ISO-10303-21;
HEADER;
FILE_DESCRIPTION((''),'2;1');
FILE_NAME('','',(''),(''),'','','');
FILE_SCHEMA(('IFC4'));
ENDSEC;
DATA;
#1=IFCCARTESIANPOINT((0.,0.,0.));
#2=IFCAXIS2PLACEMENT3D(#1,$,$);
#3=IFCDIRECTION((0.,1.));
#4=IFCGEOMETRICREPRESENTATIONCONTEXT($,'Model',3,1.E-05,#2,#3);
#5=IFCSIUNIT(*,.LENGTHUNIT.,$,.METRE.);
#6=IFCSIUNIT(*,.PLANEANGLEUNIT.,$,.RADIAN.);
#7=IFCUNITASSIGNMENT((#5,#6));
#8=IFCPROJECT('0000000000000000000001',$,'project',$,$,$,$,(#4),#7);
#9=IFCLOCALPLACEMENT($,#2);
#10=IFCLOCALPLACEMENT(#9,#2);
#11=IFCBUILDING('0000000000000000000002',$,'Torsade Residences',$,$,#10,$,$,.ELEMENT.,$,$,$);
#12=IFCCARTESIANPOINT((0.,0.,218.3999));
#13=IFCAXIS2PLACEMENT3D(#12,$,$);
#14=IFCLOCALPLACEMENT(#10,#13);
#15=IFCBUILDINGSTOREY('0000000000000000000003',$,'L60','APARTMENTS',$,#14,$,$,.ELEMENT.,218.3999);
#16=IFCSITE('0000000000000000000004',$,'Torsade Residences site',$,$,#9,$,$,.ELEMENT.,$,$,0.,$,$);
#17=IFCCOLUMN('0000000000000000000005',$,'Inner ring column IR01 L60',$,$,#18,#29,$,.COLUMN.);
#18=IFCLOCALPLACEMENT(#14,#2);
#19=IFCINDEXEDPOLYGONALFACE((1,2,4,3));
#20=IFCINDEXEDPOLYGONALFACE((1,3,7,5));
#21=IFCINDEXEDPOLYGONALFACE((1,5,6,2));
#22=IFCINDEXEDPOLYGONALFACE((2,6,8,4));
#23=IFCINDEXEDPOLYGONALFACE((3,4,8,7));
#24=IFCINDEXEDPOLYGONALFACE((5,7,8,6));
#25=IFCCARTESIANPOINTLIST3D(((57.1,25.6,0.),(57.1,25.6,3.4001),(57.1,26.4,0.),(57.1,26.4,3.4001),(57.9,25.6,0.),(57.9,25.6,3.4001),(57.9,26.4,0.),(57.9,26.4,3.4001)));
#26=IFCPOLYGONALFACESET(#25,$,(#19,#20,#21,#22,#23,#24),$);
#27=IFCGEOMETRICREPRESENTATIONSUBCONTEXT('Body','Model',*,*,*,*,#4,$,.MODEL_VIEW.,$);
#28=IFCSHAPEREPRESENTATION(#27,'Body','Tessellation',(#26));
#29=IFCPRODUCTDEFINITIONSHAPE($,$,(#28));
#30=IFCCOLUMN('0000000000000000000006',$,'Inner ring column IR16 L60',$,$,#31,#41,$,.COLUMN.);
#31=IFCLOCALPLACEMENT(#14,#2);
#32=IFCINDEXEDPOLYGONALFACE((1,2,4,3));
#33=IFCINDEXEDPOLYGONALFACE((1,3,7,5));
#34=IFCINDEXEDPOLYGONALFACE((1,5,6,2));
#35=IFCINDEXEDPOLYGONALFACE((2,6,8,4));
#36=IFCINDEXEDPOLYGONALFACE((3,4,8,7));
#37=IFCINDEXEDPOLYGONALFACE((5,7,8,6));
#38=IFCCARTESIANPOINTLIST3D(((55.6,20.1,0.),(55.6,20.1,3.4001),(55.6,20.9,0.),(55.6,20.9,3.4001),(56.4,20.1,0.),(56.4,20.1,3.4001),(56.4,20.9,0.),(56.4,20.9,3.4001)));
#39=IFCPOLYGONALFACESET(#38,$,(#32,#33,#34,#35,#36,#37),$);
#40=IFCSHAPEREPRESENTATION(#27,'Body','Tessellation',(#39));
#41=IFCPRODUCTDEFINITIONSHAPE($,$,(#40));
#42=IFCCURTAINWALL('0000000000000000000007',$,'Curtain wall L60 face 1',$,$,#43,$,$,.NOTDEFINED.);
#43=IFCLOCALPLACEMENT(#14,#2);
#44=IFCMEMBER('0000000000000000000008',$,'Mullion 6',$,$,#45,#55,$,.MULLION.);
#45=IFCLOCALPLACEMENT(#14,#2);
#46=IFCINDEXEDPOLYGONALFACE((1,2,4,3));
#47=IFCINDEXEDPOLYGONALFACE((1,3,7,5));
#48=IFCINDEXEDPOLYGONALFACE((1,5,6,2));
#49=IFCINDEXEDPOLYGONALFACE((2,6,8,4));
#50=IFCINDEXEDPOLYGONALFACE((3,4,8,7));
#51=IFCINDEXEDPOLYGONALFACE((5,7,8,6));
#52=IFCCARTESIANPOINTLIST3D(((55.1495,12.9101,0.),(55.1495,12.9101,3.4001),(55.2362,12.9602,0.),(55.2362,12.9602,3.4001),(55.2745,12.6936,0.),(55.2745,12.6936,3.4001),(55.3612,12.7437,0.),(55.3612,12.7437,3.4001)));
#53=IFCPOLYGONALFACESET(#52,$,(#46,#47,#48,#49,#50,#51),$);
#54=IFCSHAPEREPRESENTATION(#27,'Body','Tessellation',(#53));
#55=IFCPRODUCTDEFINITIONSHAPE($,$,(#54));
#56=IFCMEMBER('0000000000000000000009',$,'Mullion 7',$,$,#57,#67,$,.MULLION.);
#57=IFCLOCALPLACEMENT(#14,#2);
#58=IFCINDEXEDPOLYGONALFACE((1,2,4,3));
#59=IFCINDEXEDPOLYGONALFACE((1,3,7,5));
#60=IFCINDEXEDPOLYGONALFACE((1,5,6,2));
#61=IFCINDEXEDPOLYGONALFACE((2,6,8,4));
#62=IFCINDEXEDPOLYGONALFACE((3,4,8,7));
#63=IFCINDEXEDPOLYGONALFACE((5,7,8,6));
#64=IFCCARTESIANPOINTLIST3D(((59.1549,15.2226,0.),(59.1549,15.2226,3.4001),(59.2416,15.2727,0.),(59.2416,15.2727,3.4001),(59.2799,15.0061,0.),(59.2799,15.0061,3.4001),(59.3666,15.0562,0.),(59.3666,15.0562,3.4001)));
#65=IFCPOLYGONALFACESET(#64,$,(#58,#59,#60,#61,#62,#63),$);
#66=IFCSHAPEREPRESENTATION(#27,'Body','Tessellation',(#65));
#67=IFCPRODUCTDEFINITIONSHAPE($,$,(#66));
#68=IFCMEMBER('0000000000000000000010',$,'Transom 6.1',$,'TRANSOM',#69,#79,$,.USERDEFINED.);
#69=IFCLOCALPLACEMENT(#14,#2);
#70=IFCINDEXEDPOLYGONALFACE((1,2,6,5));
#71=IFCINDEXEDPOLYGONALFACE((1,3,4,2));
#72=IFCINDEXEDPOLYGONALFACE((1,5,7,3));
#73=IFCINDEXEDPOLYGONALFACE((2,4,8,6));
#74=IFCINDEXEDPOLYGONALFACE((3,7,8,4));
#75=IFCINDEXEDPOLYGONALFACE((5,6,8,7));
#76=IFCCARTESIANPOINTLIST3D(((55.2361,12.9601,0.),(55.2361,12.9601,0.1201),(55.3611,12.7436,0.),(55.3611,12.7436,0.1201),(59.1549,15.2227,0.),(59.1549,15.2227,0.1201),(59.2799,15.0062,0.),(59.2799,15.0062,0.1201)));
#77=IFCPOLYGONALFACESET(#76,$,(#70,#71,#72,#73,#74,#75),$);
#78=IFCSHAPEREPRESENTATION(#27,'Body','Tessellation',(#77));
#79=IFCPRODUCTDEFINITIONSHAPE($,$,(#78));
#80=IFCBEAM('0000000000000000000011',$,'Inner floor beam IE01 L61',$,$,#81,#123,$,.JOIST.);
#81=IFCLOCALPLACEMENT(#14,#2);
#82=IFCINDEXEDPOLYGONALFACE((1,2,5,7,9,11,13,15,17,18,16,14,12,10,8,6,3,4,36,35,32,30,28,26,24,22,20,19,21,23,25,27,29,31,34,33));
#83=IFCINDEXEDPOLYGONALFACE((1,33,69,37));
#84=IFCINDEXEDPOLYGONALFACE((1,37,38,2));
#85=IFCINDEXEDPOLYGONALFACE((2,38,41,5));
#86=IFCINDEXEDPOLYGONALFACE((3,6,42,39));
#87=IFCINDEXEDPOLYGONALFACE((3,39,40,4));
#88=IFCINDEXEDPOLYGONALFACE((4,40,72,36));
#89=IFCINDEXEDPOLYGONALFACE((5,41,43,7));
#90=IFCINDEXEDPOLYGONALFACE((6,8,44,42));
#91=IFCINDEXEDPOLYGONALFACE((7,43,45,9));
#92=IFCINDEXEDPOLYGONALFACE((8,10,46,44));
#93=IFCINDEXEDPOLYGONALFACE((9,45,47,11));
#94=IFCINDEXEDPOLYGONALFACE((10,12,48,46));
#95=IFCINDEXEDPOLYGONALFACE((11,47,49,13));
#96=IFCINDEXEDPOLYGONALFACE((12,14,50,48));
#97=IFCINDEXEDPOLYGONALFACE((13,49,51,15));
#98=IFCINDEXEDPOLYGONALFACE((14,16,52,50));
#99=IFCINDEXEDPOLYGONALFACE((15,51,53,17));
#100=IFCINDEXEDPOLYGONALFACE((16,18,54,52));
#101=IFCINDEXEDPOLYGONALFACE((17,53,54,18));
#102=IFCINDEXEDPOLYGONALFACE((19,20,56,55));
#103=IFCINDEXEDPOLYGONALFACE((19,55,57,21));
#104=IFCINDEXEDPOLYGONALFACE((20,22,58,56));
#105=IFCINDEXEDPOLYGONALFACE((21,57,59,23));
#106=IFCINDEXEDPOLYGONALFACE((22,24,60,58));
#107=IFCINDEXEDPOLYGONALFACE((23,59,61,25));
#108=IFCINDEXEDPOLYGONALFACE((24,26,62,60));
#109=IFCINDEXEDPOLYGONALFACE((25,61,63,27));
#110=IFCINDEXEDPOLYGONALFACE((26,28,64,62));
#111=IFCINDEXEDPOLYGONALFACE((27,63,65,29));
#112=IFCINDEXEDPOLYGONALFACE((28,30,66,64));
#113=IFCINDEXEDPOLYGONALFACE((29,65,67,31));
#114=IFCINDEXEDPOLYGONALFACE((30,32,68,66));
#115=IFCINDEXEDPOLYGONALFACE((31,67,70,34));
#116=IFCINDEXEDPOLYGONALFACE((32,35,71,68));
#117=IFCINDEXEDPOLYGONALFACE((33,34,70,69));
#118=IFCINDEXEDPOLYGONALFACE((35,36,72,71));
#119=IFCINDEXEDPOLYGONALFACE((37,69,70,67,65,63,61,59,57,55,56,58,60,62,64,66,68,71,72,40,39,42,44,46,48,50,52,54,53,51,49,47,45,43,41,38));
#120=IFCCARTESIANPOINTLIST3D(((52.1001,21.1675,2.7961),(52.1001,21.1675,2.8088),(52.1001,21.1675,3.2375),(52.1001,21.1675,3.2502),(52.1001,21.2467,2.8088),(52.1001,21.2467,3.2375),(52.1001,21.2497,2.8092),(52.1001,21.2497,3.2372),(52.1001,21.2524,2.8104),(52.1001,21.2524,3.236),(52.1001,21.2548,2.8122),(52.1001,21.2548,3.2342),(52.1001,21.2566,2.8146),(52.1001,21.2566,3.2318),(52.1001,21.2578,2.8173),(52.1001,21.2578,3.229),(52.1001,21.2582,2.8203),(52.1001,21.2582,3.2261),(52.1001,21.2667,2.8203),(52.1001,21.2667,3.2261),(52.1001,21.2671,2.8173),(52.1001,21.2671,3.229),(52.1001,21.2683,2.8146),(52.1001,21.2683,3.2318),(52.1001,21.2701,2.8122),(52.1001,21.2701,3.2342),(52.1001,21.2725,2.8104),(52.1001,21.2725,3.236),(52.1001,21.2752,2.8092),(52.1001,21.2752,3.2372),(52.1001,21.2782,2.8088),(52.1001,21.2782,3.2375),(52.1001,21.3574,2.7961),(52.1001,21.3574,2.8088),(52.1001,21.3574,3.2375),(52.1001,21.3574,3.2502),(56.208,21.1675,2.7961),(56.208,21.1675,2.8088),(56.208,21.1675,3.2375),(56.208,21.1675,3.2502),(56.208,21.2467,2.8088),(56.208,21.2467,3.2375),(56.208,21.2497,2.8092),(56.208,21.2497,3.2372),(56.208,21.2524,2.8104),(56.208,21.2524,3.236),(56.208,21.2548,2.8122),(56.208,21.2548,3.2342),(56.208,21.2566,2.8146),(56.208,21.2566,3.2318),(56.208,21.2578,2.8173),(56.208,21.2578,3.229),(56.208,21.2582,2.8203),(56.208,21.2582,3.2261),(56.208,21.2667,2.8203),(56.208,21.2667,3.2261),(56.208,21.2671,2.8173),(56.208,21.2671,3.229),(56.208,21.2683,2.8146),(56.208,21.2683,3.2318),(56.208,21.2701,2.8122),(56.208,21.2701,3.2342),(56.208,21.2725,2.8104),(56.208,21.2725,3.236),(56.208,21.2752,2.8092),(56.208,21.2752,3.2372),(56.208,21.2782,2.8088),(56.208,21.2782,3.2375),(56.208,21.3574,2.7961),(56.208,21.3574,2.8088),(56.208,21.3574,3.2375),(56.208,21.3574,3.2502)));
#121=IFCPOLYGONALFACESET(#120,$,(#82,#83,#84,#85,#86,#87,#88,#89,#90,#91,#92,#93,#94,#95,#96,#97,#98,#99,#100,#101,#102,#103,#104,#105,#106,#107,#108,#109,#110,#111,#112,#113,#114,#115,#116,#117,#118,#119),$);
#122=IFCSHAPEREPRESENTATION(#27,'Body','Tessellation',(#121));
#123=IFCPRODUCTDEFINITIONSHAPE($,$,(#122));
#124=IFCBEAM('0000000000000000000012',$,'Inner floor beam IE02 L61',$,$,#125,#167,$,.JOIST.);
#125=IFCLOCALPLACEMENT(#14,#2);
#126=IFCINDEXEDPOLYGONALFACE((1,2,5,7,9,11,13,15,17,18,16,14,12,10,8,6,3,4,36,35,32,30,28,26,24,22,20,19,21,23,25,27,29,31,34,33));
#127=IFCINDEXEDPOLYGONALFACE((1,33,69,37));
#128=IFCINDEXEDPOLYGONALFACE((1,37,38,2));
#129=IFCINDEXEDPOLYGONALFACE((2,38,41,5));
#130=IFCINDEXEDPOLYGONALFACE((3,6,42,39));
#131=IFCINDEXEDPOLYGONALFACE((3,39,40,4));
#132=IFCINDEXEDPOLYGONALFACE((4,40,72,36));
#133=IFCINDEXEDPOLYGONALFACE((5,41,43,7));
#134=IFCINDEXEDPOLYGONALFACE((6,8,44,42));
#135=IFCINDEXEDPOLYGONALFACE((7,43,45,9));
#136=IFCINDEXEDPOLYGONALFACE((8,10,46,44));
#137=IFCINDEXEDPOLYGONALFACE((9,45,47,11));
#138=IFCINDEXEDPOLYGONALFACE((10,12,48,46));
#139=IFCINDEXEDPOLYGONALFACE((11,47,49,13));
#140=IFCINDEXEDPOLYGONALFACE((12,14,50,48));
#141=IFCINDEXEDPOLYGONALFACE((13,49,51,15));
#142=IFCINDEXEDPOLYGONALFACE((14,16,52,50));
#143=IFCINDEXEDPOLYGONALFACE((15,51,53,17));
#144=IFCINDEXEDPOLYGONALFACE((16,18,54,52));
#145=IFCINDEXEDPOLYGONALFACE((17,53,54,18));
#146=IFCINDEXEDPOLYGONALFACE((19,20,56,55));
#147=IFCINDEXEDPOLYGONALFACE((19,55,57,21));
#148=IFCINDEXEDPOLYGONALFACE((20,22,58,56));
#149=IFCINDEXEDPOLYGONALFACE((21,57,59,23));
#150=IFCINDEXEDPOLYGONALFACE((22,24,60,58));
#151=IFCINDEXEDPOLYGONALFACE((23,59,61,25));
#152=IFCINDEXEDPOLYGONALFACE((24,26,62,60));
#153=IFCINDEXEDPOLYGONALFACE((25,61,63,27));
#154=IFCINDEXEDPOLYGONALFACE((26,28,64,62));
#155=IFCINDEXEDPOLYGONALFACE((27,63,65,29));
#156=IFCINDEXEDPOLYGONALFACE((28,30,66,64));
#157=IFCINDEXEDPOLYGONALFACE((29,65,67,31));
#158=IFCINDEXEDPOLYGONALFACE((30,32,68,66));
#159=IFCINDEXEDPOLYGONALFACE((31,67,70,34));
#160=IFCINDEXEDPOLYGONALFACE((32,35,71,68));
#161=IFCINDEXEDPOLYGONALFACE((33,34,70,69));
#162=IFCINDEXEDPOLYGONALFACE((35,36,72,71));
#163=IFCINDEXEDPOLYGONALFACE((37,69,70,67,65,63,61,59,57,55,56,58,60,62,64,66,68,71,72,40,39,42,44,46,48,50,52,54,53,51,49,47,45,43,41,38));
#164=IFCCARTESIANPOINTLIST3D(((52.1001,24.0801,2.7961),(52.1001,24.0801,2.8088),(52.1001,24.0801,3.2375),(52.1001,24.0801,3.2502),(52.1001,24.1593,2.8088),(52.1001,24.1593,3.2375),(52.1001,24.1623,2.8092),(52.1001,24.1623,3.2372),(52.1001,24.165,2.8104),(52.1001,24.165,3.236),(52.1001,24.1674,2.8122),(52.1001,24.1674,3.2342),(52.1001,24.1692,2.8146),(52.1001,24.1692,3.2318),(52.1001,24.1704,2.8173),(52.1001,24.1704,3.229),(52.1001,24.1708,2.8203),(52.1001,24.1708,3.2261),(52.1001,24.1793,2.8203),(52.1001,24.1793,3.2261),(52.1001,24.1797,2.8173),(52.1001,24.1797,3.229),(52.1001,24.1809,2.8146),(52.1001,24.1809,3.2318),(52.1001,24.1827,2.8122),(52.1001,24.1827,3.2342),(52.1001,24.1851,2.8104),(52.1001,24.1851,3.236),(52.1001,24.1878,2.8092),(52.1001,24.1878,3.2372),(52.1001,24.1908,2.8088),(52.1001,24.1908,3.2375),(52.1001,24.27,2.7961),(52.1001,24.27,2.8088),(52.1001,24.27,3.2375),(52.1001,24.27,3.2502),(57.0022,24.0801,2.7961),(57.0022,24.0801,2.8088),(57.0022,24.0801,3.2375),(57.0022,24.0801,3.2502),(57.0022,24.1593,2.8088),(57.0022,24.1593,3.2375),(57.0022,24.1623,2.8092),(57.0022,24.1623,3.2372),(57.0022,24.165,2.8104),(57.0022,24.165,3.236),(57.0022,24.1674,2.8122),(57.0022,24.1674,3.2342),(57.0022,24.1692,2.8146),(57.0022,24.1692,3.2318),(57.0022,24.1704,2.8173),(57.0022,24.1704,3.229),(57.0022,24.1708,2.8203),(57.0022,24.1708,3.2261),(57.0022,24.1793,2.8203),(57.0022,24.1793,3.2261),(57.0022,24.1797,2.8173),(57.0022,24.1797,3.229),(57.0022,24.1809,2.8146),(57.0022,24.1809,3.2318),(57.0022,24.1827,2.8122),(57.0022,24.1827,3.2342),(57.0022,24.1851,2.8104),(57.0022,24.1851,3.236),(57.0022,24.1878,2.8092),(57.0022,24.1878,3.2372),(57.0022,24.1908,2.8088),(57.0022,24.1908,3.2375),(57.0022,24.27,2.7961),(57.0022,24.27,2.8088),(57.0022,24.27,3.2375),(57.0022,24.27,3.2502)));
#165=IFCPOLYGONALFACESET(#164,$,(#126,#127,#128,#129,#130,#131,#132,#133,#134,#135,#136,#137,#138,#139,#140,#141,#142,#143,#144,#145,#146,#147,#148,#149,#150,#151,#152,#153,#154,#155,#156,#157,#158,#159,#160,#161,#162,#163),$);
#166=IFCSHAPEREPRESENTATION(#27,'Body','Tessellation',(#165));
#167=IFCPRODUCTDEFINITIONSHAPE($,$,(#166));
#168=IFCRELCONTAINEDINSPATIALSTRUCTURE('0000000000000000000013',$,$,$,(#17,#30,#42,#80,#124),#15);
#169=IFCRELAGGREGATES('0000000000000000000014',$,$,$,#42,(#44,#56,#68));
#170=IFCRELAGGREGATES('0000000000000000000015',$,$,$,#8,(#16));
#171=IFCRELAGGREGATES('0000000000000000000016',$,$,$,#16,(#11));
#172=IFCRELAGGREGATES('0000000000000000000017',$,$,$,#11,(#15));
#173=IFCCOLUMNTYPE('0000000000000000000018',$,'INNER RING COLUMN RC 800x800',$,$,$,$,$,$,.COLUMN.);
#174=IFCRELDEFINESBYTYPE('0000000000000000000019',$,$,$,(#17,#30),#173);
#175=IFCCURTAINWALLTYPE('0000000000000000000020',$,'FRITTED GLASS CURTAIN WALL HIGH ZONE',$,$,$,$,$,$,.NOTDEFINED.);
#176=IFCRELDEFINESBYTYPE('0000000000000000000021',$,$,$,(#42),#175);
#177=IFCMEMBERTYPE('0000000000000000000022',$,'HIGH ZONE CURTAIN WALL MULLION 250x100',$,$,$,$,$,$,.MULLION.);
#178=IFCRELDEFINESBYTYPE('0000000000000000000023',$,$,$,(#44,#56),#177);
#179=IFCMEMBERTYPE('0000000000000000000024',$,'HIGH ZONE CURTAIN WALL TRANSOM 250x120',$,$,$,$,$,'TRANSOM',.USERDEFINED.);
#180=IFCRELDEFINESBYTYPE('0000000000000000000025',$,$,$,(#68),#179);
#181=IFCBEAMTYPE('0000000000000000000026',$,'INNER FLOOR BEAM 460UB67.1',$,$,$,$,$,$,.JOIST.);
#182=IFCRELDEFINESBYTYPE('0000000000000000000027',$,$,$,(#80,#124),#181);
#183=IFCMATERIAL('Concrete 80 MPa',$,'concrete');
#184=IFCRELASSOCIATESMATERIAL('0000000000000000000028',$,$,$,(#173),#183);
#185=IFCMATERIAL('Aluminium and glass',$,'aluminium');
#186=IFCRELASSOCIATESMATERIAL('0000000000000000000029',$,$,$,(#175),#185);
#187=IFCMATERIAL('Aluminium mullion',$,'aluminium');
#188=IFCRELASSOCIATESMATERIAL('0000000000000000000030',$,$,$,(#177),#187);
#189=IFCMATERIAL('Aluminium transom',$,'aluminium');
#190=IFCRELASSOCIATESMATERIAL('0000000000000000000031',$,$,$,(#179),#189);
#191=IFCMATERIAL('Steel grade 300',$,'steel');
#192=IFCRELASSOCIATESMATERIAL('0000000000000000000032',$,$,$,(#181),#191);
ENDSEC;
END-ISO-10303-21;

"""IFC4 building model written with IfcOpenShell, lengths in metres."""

from ifc_helpers import new_model, si_unit, direction, frame, origin, origin_2d, place, context, subcontext, project, spatial, rectangle, i_section, extrude, material, material_profile, profile_set, type_object, element, aggregate, save


model = new_model("IFC4")

# Units and contexts
model_context = context("Model", 3, precision=1e-05, world=origin(), true_north=direction((0.0, 1.0)))
body_context = subcontext(model_context, "Body", "Model", "MODEL_VIEW")
ifc_project = project(units=[si_unit("LENGTHUNIT", "METRE"), si_unit("PLANEANGLEUNIT", "RADIAN")], contexts=[model_context])

# Site, building, storey
site_placement = place(None, origin())
site = spatial("IfcSite", under=ifc_project, at=site_placement, Name="Torsade Residences site", CompositionType="ELEMENT", RefElevation=0.0)
building_placement = place(site_placement, origin())
building = spatial("IfcBuilding", under=site, at=building_placement, Name="Torsade Residences", CompositionType="ELEMENT")
storey_placement = place(building_placement, frame((0.0, 0.0, 218.3999)))
storey = spatial("IfcBuildingStorey", under=building, at=storey_placement, Name="L60", Description="APARTMENTS", CompositionType="ELEMENT", Elevation=218.3999)

# Columns
ifc_material_1 = material(Name="Concrete 80 MPa", Category="concrete")
ifc_material_profile_1 = material_profile(ifc_material_1, rectangle(XDim=0.8, YDim=0.8, at=origin_2d()), Name="RC 800x800")
ifc_profile_set_1 = profile_set([ifc_material_profile_1], Name="Concrete 80 MPa")
column_type = type_object("IfcColumnType", Name="INNER RING COLUMN RC 800x800", PredefinedType="COLUMN", material=ifc_profile_set_1)
for number, where, z_axis, x_axis, name in (
    (1, (57.5, 26.0, 0.0), (0.0, 0.0, 1.0), (1.0, 0.0, 0.0), "Inner ring column IR01 L60"),
    (2, (56.0, 20.5, 0.0), (0.0, 0.0, 1.0), (1.0, 0.0, 0.0), "Inner ring column IR16 L60"),
):
    element("IfcColumn", number, at=place(storey_placement, frame(where, z_axis=z_axis, x_axis=x_axis)), inside=storey, type_object=column_type, Name=name, PredefinedType="COLUMN", context=body_context, shape_type="SweptSolid", body=[
        extrude(rectangle(XDim=0.8, YDim=0.8, at=origin_2d()), origin(), (0.0, 0.0, 1.0), 3.4001),
    ])

# Curtain wall, members
ifc_material_2 = material(Name="Aluminium and glass", Category="aluminium")
curtain_wall_type = type_object("IfcCurtainWallType", Name="FRITTED GLASS CURTAIN WALL HIGH ZONE", PredefinedType="NOTDEFINED", material=ifc_material_2)
curtain_wall_placement = place(storey_placement, origin())
curtain_wall = element("IfcCurtainWall", 3, at=curtain_wall_placement, inside=storey, type_object=curtain_wall_type, Name="Curtain wall L60 face 1", PredefinedType="NOTDEFINED")
ifc_material_3 = material(Name="Aluminium mullion", Category="aluminium")
ifc_material_profile_2 = material_profile(ifc_material_3, rectangle(XDim=0.25, YDim=0.1001, at=origin_2d()), Name="HIGH ZONE CURTAIN WALL MULLION 250x100")
ifc_profile_set_2 = profile_set([ifc_material_profile_2], Name="Aluminium mullion")
member_type_1 = type_object("IfcMemberType", Name="HIGH ZONE CURTAIN WALL MULLION 250x100", PredefinedType="MULLION", material=ifc_profile_set_2)
member_1_placement = place(storey_placement, frame((55.2554, 12.8269, 0.0), z_axis=(0.0, 0.0, 1.0), x_axis=(-0.5, 0.866025, 0.0)))
member_1 = element("IfcMember", 4, at=member_1_placement, type_object=member_type_1, Name="Mullion 6", PredefinedType="MULLION", context=body_context, shape_type="SweptSolid", body=[
    extrude(rectangle(XDim=0.25, YDim=0.1001, at=origin_2d()), origin(), (0.0, 0.0, 1.0), 3.4001),
])
member_2_placement = place(storey_placement, frame((59.2607, 15.1394, 0.0), z_axis=(0.0, 0.0, 1.0), x_axis=(-0.5, 0.866025, 0.0)))
member_2 = element("IfcMember", 5, at=member_2_placement, type_object=member_type_1, Name="Mullion 7", PredefinedType="MULLION", context=body_context, shape_type="SweptSolid", body=[
    extrude(rectangle(XDim=0.25, YDim=0.1001, at=origin_2d()), origin(), (0.0, 0.0, 1.0), 3.4001),
])
ifc_material_4 = material(Name="Aluminium transom", Category="aluminium")
ifc_material_profile_3 = material_profile(ifc_material_4, rectangle(XDim=0.25, YDim=0.1201, at=origin_2d()), Name="HIGH ZONE CURTAIN WALL TRANSOM 250x120")
ifc_profile_set_3 = profile_set([ifc_material_profile_3], Name="Aluminium transom")
member_type_2 = type_object("IfcMemberType", Name="HIGH ZONE CURTAIN WALL TRANSOM 250x120", ElementType="TRANSOM", PredefinedType="USERDEFINED", material=ifc_profile_set_3)
member_3_placement = place(storey_placement, frame((55.2986, 12.8518, 0.0601), z_axis=(0.866017, 0.500015, 0.0), x_axis=(-0.500015, 0.866017, 0.0)))
member_3 = element("IfcMember", 6, at=member_3_placement, type_object=member_type_2, Name="Transom 6.1", ObjectType="TRANSOM", PredefinedType="USERDEFINED", context=body_context, shape_type="SweptSolid", body=[
    extrude(rectangle(XDim=0.25, YDim=0.1201, at=origin_2d()), origin(), (0.0, 0.0, 1.0), 4.5251),
])

# Beams
ifc_material_5 = material(Name="Steel grade 300", Category="steel")
ifc_material_profile_4 = material_profile(ifc_material_5, i_section(OverallWidth=0.1899, OverallDepth=0.4541, WebThickness=0.0085, FlangeThickness=0.0127, FilletRadius=0.0115, at=origin_2d()), Name="460UB67.1")
ifc_profile_set_4 = profile_set([ifc_material_profile_4], Name="Steel grade 300")
beam_type_1 = type_object("IfcBeamType", Name="INNER FLOOR BEAM 460UB67.1", PredefinedType="JOIST", material=ifc_profile_set_4)
beam_1_placement = place(storey_placement, frame((52.1001, 21.2625, 3.0232), z_axis=(1.0, 0.0, 0.0), x_axis=(0.0, 1.0, 0.0)))
element("IfcBeam", 7, at=beam_1_placement, inside=storey, type_object=beam_type_1, Name="Inner floor beam IE01 L61", PredefinedType="JOIST", context=body_context, shape_type="SweptSolid", body=[
    extrude(i_section(OverallWidth=0.1899, OverallDepth=0.4541, WebThickness=0.0085, FlangeThickness=0.0127, FilletRadius=0.0115, at=origin_2d()), origin(), (0.0, 0.0, 1.0), 4.1079),
])
beam_2_placement = place(storey_placement, frame((52.1001, 24.175, 3.0232), z_axis=(1.0, 0.0, 0.0), x_axis=(0.0, 1.0, 0.0)))
element("IfcBeam", 8, at=beam_2_placement, inside=storey, type_object=beam_type_1, Name="Inner floor beam IE02 L61", PredefinedType="JOIST", context=body_context, shape_type="SweptSolid", body=[
    extrude(i_section(OverallWidth=0.1899, OverallDepth=0.4541, WebThickness=0.0085, FlangeThickness=0.0127, FilletRadius=0.0115, at=origin_2d()), origin(), (0.0, 0.0, 1.0), 4.9021),
])

aggregate(curtain_wall, [member_1, member_2, member_3])

save(model, "model.ifc")
